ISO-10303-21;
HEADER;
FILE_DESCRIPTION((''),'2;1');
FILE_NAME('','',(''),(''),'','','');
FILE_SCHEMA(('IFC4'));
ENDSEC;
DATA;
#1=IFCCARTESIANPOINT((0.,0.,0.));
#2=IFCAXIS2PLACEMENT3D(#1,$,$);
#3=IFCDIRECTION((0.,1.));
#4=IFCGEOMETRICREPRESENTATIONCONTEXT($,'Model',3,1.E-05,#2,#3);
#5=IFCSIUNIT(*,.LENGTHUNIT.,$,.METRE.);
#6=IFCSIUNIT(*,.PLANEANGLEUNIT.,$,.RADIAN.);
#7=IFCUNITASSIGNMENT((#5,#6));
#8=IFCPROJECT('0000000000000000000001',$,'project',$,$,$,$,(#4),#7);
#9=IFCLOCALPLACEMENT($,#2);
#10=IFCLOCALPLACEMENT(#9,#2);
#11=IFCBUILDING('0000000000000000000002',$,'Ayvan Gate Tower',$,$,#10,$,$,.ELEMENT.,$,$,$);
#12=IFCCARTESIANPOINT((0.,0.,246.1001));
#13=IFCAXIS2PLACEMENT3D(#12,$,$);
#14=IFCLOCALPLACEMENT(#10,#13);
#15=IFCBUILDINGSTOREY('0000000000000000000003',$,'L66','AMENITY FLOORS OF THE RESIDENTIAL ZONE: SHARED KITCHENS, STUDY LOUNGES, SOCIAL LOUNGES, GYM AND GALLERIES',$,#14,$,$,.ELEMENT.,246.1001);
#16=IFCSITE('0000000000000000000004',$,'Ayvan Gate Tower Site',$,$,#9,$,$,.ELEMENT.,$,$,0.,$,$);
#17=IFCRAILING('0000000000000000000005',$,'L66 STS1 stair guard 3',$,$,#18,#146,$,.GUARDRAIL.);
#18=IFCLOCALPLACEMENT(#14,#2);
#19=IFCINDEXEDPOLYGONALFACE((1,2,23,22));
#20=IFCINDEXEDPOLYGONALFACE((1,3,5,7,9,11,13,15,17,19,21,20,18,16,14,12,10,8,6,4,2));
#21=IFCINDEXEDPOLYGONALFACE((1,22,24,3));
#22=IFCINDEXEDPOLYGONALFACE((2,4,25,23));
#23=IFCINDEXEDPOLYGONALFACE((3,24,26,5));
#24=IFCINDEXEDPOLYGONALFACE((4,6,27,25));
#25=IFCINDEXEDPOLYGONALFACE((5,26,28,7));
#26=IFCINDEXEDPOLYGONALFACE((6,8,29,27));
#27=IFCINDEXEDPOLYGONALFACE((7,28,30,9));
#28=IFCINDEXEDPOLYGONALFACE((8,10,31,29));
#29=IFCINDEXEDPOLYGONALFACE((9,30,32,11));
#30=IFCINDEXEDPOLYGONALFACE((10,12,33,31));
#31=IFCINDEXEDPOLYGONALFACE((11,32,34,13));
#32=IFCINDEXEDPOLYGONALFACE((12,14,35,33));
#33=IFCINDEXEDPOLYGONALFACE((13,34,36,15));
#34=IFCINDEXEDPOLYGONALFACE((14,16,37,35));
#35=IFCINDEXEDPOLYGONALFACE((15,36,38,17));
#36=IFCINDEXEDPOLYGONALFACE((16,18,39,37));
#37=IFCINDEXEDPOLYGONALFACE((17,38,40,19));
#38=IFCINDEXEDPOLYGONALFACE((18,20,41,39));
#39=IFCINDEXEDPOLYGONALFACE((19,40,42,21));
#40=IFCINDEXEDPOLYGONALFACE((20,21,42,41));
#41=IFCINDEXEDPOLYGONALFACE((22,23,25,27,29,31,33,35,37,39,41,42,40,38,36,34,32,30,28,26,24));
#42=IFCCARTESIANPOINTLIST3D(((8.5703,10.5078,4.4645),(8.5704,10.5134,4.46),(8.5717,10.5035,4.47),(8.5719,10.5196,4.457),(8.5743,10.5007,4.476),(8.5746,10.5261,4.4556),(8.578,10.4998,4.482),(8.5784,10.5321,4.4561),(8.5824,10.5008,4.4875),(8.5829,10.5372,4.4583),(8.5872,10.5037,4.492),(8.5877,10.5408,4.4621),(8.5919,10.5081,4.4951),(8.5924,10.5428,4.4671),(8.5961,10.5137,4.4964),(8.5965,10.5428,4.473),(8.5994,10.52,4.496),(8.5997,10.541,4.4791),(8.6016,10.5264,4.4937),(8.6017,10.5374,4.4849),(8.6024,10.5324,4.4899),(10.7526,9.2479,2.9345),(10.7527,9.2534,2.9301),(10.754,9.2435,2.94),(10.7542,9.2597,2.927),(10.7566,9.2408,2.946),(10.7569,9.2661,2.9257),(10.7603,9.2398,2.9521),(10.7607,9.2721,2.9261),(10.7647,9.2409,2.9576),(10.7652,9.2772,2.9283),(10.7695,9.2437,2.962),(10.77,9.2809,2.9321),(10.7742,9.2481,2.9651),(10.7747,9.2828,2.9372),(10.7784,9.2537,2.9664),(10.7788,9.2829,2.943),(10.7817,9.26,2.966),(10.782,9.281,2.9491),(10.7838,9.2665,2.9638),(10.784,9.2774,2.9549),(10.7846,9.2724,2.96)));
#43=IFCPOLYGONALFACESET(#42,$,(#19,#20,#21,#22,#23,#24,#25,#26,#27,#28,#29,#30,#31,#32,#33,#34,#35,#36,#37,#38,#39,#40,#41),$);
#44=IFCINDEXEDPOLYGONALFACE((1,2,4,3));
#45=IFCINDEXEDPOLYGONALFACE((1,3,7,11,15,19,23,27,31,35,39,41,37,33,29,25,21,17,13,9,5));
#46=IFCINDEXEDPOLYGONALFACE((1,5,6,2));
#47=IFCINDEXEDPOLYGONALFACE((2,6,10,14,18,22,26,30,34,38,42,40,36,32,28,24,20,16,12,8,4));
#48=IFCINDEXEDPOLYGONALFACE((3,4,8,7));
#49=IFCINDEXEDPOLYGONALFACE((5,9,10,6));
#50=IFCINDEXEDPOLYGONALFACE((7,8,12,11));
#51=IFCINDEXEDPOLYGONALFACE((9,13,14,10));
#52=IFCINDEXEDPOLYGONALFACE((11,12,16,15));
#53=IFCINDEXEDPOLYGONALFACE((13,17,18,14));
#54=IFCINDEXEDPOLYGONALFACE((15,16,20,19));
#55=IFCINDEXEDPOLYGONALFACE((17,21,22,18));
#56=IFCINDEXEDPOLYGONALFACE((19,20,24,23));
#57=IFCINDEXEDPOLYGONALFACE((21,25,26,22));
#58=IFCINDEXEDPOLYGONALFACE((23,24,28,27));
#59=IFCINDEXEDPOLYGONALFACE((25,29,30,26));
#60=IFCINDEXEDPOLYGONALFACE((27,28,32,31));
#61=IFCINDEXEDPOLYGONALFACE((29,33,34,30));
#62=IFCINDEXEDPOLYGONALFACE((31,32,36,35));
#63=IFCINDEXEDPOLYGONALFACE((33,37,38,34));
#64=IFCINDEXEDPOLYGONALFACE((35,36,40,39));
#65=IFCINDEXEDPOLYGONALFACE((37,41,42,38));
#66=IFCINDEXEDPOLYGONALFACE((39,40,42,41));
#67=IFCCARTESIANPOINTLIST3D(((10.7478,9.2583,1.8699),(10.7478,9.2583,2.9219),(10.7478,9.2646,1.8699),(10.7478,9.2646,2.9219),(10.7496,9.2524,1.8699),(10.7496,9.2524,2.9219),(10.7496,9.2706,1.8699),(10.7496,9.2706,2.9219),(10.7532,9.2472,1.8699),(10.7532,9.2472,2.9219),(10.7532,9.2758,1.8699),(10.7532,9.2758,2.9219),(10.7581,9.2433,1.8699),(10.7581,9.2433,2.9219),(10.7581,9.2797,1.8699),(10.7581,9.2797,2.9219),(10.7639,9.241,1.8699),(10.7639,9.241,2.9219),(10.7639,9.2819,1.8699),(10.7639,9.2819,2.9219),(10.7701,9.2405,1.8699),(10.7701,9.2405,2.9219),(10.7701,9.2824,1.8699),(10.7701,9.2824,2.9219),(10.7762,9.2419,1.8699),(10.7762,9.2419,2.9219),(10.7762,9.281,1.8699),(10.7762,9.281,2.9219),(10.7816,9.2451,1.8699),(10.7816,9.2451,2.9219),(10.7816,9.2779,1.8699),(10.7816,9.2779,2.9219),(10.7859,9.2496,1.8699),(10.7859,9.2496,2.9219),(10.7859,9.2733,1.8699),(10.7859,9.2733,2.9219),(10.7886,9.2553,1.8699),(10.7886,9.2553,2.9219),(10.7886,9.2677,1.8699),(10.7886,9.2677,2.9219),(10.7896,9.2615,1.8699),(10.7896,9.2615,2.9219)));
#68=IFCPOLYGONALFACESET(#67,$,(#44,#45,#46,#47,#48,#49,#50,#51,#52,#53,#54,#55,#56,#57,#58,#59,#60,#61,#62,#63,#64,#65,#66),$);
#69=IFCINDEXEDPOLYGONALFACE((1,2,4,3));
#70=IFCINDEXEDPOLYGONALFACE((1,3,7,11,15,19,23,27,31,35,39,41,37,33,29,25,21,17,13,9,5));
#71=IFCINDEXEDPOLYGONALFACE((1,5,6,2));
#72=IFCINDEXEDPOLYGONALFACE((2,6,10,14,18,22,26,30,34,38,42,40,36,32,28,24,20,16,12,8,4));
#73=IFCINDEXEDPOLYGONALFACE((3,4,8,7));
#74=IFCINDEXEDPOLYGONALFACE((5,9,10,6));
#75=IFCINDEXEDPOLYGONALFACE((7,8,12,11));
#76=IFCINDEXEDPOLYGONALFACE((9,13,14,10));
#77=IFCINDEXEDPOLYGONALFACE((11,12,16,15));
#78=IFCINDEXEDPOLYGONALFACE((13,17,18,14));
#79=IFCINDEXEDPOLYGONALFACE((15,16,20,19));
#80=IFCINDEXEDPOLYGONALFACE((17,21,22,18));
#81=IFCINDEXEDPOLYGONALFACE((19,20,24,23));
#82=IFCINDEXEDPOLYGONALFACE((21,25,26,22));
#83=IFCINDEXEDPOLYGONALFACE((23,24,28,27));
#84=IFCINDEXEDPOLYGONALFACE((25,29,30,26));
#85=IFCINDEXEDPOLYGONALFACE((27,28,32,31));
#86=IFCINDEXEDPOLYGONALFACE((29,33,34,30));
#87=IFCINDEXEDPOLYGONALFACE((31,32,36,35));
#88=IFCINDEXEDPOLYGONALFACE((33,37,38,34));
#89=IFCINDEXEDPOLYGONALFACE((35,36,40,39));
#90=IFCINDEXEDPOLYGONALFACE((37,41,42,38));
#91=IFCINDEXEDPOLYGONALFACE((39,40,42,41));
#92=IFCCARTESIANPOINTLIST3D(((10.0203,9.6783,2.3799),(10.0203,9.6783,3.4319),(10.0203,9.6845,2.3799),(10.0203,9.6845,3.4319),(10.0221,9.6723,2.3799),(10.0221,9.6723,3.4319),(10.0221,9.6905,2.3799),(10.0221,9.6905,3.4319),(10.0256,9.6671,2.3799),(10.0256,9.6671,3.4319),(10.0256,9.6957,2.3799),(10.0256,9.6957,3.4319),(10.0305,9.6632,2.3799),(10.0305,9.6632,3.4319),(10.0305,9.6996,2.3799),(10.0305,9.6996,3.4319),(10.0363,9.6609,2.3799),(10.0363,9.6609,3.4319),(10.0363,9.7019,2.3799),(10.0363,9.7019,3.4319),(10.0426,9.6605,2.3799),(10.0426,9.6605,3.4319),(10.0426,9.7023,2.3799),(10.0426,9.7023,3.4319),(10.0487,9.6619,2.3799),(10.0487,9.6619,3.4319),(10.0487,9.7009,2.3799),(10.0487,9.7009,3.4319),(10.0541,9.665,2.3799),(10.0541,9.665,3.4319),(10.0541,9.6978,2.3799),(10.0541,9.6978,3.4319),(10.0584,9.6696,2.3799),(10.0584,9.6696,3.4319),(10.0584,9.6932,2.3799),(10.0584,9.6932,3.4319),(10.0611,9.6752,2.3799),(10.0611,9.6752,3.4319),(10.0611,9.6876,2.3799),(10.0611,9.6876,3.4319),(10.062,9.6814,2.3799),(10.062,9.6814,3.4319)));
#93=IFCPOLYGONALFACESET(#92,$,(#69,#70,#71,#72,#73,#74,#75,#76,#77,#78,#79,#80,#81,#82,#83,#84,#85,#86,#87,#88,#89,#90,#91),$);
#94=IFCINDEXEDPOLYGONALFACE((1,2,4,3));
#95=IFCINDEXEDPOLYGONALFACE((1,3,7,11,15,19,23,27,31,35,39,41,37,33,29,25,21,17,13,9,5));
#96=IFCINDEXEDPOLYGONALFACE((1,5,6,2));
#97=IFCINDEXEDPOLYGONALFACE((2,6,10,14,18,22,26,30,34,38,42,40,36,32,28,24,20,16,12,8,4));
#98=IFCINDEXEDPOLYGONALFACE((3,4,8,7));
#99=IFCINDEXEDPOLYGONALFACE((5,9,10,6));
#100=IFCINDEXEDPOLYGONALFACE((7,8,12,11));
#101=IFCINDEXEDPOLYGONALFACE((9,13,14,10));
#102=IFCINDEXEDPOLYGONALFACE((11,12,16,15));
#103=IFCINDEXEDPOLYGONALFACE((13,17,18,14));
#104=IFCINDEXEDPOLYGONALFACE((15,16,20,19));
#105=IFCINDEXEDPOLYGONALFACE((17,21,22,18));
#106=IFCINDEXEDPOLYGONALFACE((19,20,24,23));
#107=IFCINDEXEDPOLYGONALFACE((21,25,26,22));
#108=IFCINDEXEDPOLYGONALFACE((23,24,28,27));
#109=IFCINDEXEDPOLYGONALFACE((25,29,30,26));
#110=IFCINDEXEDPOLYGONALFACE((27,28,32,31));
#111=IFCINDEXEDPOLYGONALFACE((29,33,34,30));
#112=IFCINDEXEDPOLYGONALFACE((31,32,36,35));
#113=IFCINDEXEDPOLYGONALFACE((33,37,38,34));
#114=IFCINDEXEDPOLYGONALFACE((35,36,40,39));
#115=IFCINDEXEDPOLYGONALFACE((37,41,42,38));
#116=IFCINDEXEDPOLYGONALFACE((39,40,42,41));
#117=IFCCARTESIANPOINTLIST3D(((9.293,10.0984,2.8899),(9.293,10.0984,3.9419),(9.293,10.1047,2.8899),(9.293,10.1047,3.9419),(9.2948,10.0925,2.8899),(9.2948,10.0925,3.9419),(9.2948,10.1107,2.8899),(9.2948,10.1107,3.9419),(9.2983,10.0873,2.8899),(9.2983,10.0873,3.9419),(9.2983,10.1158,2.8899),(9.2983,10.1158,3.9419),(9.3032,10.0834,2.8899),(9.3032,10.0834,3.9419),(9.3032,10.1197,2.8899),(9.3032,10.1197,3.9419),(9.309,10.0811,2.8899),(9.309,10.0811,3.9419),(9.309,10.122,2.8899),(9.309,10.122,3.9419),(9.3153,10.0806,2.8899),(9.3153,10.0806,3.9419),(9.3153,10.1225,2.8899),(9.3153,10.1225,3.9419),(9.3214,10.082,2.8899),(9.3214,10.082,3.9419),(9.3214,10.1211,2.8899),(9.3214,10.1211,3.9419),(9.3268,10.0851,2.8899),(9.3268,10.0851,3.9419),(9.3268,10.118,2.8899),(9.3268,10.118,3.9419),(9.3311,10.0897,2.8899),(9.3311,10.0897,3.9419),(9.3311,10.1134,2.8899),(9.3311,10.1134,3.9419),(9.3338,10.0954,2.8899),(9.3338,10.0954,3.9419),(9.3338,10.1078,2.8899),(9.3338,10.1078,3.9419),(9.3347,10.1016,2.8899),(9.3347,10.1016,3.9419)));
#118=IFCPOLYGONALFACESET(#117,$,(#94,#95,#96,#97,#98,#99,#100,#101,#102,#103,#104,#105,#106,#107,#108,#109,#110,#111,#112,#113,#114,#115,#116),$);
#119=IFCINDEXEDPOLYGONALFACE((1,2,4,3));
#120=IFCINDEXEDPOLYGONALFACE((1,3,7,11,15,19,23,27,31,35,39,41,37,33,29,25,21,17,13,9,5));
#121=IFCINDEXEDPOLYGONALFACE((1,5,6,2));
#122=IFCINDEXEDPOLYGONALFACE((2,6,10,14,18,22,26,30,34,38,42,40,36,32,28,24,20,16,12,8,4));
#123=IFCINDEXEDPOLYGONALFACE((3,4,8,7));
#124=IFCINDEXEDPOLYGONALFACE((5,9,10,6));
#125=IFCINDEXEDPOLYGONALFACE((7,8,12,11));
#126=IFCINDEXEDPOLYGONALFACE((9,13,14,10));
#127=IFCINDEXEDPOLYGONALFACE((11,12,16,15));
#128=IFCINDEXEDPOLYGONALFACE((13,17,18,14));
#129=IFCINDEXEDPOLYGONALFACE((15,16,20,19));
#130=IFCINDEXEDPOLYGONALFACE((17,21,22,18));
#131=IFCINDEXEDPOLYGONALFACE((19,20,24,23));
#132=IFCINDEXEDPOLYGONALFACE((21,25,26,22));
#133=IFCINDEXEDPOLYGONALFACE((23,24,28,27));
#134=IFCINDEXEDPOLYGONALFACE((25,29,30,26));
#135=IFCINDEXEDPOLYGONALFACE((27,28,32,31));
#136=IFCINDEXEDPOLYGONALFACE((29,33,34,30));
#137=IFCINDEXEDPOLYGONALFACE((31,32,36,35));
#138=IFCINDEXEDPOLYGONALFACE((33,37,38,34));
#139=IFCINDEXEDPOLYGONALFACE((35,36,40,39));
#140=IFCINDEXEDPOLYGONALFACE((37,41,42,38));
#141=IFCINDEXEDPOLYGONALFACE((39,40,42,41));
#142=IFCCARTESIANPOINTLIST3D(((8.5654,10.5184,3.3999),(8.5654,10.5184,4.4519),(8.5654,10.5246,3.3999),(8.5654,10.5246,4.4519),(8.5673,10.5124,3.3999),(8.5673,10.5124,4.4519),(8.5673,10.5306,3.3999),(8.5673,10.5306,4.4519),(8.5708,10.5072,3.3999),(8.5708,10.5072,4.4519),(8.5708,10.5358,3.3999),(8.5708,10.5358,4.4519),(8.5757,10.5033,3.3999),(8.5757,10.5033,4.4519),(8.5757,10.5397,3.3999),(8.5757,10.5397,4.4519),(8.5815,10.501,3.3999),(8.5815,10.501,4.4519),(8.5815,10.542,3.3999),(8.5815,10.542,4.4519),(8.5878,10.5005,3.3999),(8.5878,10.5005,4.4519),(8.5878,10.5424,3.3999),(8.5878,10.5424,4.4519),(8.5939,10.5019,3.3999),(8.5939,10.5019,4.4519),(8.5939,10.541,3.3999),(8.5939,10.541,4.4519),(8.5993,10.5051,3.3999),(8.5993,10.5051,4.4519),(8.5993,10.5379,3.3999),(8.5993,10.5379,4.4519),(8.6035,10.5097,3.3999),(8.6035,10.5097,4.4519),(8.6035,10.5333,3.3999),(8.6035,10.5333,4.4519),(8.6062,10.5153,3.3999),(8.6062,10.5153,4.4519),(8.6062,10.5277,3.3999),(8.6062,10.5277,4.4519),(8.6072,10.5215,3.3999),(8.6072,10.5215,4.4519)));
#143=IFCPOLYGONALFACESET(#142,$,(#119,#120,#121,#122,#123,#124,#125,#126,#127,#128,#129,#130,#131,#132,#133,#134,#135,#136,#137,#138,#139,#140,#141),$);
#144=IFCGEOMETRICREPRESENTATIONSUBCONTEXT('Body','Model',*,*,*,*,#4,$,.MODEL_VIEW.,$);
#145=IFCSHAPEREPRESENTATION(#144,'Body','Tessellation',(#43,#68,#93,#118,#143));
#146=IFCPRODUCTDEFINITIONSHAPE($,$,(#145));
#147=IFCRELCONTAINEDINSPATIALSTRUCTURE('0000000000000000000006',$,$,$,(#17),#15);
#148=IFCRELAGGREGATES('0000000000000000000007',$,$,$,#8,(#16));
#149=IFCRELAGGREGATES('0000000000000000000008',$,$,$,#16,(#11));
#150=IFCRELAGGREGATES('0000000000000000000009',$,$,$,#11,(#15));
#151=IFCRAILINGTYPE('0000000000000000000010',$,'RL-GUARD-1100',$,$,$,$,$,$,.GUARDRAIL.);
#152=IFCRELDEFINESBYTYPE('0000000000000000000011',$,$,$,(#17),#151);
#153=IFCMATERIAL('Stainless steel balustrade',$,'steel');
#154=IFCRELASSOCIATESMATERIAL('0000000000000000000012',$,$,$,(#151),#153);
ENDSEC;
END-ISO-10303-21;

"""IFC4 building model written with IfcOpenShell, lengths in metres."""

from ifc_helpers import new_model, si_unit, direction, frame, origin, origin_2d, place, context, subcontext, project, spatial, circle, extrude, material, type_object, element, save


model = new_model("IFC4")

# Units and contexts
model_context = context("Model", 3, precision=1e-05, world=origin(), true_north=direction((0.0, 1.0)))
body_context = subcontext(model_context, "Body", "Model", "MODEL_VIEW")
ifc_project = project(units=[si_unit("LENGTHUNIT", "METRE"), si_unit("PLANEANGLEUNIT", "RADIAN")], contexts=[model_context])

# Site, building, storey
site_placement = place(None, origin())
site = spatial("IfcSite", under=ifc_project, at=site_placement, Name="Ayvan Gate Tower Site", CompositionType="ELEMENT", RefElevation=0.0)
building_placement = place(site_placement, origin())
building = spatial("IfcBuilding", under=site, at=building_placement, Name="Ayvan Gate Tower", CompositionType="ELEMENT")
storey_placement = place(building_placement, frame((0.0, 0.0, 246.1001)))
storey = spatial("IfcBuildingStorey", under=building, at=storey_placement, Name="L66", Description="AMENITY FLOORS OF THE RESIDENTIAL ZONE: SHARED KITCHENS, STUDY LOUNGES, SOCIAL LOUNGES, GYM AND GALLERIES", CompositionType="ELEMENT", Elevation=246.1001)

# Railing
ifc_material_1 = material(Name="Stainless steel balustrade", Category="steel")
railing_type_1 = type_object("IfcRailingType", Name="RL-GUARD-1100", PredefinedType="GUARDRAIL", material=ifc_material_1)
railing_1_placement = place(storey_placement, frame((10.7686, 9.2615, 1.8699)))
element("IfcRailing", 1, at=railing_1_placement, inside=storey, type_object=railing_type_1, Name="L66 STS1 stair guard 3", PredefinedType="GUARDRAIL", context=body_context, shape_type="SweptSolid", body=[
    extrude(circle(Radius=0.0239, at=origin_2d()), frame((0.0, 0.0, 1.0762), z_axis=(-0.740261, 0.427395, 0.518986), x_axis=(-0.500005, -0.866023, 0.0)), (0.0, 0.0, 1.0), 2.948),
    extrude(circle(Radius=0.021, at=origin_2d()), origin(), (0.0, 0.0, 1.0), 1.052),
    extrude(circle(Radius=0.021, at=origin_2d()), frame((-0.7275, 0.4199, 0.51)), (0.0, 0.0, 1.0), 1.052),
    extrude(circle(Radius=0.021, at=origin_2d()), frame((-1.4548, 0.8401, 1.02)), (0.0, 0.0, 1.0), 1.052),
    extrude(circle(Radius=0.021, at=origin_2d()), frame((-2.1824, 1.26, 1.53)), (0.0, 0.0, 1.0), 1.052),
])

save(model, "model.ifc")
